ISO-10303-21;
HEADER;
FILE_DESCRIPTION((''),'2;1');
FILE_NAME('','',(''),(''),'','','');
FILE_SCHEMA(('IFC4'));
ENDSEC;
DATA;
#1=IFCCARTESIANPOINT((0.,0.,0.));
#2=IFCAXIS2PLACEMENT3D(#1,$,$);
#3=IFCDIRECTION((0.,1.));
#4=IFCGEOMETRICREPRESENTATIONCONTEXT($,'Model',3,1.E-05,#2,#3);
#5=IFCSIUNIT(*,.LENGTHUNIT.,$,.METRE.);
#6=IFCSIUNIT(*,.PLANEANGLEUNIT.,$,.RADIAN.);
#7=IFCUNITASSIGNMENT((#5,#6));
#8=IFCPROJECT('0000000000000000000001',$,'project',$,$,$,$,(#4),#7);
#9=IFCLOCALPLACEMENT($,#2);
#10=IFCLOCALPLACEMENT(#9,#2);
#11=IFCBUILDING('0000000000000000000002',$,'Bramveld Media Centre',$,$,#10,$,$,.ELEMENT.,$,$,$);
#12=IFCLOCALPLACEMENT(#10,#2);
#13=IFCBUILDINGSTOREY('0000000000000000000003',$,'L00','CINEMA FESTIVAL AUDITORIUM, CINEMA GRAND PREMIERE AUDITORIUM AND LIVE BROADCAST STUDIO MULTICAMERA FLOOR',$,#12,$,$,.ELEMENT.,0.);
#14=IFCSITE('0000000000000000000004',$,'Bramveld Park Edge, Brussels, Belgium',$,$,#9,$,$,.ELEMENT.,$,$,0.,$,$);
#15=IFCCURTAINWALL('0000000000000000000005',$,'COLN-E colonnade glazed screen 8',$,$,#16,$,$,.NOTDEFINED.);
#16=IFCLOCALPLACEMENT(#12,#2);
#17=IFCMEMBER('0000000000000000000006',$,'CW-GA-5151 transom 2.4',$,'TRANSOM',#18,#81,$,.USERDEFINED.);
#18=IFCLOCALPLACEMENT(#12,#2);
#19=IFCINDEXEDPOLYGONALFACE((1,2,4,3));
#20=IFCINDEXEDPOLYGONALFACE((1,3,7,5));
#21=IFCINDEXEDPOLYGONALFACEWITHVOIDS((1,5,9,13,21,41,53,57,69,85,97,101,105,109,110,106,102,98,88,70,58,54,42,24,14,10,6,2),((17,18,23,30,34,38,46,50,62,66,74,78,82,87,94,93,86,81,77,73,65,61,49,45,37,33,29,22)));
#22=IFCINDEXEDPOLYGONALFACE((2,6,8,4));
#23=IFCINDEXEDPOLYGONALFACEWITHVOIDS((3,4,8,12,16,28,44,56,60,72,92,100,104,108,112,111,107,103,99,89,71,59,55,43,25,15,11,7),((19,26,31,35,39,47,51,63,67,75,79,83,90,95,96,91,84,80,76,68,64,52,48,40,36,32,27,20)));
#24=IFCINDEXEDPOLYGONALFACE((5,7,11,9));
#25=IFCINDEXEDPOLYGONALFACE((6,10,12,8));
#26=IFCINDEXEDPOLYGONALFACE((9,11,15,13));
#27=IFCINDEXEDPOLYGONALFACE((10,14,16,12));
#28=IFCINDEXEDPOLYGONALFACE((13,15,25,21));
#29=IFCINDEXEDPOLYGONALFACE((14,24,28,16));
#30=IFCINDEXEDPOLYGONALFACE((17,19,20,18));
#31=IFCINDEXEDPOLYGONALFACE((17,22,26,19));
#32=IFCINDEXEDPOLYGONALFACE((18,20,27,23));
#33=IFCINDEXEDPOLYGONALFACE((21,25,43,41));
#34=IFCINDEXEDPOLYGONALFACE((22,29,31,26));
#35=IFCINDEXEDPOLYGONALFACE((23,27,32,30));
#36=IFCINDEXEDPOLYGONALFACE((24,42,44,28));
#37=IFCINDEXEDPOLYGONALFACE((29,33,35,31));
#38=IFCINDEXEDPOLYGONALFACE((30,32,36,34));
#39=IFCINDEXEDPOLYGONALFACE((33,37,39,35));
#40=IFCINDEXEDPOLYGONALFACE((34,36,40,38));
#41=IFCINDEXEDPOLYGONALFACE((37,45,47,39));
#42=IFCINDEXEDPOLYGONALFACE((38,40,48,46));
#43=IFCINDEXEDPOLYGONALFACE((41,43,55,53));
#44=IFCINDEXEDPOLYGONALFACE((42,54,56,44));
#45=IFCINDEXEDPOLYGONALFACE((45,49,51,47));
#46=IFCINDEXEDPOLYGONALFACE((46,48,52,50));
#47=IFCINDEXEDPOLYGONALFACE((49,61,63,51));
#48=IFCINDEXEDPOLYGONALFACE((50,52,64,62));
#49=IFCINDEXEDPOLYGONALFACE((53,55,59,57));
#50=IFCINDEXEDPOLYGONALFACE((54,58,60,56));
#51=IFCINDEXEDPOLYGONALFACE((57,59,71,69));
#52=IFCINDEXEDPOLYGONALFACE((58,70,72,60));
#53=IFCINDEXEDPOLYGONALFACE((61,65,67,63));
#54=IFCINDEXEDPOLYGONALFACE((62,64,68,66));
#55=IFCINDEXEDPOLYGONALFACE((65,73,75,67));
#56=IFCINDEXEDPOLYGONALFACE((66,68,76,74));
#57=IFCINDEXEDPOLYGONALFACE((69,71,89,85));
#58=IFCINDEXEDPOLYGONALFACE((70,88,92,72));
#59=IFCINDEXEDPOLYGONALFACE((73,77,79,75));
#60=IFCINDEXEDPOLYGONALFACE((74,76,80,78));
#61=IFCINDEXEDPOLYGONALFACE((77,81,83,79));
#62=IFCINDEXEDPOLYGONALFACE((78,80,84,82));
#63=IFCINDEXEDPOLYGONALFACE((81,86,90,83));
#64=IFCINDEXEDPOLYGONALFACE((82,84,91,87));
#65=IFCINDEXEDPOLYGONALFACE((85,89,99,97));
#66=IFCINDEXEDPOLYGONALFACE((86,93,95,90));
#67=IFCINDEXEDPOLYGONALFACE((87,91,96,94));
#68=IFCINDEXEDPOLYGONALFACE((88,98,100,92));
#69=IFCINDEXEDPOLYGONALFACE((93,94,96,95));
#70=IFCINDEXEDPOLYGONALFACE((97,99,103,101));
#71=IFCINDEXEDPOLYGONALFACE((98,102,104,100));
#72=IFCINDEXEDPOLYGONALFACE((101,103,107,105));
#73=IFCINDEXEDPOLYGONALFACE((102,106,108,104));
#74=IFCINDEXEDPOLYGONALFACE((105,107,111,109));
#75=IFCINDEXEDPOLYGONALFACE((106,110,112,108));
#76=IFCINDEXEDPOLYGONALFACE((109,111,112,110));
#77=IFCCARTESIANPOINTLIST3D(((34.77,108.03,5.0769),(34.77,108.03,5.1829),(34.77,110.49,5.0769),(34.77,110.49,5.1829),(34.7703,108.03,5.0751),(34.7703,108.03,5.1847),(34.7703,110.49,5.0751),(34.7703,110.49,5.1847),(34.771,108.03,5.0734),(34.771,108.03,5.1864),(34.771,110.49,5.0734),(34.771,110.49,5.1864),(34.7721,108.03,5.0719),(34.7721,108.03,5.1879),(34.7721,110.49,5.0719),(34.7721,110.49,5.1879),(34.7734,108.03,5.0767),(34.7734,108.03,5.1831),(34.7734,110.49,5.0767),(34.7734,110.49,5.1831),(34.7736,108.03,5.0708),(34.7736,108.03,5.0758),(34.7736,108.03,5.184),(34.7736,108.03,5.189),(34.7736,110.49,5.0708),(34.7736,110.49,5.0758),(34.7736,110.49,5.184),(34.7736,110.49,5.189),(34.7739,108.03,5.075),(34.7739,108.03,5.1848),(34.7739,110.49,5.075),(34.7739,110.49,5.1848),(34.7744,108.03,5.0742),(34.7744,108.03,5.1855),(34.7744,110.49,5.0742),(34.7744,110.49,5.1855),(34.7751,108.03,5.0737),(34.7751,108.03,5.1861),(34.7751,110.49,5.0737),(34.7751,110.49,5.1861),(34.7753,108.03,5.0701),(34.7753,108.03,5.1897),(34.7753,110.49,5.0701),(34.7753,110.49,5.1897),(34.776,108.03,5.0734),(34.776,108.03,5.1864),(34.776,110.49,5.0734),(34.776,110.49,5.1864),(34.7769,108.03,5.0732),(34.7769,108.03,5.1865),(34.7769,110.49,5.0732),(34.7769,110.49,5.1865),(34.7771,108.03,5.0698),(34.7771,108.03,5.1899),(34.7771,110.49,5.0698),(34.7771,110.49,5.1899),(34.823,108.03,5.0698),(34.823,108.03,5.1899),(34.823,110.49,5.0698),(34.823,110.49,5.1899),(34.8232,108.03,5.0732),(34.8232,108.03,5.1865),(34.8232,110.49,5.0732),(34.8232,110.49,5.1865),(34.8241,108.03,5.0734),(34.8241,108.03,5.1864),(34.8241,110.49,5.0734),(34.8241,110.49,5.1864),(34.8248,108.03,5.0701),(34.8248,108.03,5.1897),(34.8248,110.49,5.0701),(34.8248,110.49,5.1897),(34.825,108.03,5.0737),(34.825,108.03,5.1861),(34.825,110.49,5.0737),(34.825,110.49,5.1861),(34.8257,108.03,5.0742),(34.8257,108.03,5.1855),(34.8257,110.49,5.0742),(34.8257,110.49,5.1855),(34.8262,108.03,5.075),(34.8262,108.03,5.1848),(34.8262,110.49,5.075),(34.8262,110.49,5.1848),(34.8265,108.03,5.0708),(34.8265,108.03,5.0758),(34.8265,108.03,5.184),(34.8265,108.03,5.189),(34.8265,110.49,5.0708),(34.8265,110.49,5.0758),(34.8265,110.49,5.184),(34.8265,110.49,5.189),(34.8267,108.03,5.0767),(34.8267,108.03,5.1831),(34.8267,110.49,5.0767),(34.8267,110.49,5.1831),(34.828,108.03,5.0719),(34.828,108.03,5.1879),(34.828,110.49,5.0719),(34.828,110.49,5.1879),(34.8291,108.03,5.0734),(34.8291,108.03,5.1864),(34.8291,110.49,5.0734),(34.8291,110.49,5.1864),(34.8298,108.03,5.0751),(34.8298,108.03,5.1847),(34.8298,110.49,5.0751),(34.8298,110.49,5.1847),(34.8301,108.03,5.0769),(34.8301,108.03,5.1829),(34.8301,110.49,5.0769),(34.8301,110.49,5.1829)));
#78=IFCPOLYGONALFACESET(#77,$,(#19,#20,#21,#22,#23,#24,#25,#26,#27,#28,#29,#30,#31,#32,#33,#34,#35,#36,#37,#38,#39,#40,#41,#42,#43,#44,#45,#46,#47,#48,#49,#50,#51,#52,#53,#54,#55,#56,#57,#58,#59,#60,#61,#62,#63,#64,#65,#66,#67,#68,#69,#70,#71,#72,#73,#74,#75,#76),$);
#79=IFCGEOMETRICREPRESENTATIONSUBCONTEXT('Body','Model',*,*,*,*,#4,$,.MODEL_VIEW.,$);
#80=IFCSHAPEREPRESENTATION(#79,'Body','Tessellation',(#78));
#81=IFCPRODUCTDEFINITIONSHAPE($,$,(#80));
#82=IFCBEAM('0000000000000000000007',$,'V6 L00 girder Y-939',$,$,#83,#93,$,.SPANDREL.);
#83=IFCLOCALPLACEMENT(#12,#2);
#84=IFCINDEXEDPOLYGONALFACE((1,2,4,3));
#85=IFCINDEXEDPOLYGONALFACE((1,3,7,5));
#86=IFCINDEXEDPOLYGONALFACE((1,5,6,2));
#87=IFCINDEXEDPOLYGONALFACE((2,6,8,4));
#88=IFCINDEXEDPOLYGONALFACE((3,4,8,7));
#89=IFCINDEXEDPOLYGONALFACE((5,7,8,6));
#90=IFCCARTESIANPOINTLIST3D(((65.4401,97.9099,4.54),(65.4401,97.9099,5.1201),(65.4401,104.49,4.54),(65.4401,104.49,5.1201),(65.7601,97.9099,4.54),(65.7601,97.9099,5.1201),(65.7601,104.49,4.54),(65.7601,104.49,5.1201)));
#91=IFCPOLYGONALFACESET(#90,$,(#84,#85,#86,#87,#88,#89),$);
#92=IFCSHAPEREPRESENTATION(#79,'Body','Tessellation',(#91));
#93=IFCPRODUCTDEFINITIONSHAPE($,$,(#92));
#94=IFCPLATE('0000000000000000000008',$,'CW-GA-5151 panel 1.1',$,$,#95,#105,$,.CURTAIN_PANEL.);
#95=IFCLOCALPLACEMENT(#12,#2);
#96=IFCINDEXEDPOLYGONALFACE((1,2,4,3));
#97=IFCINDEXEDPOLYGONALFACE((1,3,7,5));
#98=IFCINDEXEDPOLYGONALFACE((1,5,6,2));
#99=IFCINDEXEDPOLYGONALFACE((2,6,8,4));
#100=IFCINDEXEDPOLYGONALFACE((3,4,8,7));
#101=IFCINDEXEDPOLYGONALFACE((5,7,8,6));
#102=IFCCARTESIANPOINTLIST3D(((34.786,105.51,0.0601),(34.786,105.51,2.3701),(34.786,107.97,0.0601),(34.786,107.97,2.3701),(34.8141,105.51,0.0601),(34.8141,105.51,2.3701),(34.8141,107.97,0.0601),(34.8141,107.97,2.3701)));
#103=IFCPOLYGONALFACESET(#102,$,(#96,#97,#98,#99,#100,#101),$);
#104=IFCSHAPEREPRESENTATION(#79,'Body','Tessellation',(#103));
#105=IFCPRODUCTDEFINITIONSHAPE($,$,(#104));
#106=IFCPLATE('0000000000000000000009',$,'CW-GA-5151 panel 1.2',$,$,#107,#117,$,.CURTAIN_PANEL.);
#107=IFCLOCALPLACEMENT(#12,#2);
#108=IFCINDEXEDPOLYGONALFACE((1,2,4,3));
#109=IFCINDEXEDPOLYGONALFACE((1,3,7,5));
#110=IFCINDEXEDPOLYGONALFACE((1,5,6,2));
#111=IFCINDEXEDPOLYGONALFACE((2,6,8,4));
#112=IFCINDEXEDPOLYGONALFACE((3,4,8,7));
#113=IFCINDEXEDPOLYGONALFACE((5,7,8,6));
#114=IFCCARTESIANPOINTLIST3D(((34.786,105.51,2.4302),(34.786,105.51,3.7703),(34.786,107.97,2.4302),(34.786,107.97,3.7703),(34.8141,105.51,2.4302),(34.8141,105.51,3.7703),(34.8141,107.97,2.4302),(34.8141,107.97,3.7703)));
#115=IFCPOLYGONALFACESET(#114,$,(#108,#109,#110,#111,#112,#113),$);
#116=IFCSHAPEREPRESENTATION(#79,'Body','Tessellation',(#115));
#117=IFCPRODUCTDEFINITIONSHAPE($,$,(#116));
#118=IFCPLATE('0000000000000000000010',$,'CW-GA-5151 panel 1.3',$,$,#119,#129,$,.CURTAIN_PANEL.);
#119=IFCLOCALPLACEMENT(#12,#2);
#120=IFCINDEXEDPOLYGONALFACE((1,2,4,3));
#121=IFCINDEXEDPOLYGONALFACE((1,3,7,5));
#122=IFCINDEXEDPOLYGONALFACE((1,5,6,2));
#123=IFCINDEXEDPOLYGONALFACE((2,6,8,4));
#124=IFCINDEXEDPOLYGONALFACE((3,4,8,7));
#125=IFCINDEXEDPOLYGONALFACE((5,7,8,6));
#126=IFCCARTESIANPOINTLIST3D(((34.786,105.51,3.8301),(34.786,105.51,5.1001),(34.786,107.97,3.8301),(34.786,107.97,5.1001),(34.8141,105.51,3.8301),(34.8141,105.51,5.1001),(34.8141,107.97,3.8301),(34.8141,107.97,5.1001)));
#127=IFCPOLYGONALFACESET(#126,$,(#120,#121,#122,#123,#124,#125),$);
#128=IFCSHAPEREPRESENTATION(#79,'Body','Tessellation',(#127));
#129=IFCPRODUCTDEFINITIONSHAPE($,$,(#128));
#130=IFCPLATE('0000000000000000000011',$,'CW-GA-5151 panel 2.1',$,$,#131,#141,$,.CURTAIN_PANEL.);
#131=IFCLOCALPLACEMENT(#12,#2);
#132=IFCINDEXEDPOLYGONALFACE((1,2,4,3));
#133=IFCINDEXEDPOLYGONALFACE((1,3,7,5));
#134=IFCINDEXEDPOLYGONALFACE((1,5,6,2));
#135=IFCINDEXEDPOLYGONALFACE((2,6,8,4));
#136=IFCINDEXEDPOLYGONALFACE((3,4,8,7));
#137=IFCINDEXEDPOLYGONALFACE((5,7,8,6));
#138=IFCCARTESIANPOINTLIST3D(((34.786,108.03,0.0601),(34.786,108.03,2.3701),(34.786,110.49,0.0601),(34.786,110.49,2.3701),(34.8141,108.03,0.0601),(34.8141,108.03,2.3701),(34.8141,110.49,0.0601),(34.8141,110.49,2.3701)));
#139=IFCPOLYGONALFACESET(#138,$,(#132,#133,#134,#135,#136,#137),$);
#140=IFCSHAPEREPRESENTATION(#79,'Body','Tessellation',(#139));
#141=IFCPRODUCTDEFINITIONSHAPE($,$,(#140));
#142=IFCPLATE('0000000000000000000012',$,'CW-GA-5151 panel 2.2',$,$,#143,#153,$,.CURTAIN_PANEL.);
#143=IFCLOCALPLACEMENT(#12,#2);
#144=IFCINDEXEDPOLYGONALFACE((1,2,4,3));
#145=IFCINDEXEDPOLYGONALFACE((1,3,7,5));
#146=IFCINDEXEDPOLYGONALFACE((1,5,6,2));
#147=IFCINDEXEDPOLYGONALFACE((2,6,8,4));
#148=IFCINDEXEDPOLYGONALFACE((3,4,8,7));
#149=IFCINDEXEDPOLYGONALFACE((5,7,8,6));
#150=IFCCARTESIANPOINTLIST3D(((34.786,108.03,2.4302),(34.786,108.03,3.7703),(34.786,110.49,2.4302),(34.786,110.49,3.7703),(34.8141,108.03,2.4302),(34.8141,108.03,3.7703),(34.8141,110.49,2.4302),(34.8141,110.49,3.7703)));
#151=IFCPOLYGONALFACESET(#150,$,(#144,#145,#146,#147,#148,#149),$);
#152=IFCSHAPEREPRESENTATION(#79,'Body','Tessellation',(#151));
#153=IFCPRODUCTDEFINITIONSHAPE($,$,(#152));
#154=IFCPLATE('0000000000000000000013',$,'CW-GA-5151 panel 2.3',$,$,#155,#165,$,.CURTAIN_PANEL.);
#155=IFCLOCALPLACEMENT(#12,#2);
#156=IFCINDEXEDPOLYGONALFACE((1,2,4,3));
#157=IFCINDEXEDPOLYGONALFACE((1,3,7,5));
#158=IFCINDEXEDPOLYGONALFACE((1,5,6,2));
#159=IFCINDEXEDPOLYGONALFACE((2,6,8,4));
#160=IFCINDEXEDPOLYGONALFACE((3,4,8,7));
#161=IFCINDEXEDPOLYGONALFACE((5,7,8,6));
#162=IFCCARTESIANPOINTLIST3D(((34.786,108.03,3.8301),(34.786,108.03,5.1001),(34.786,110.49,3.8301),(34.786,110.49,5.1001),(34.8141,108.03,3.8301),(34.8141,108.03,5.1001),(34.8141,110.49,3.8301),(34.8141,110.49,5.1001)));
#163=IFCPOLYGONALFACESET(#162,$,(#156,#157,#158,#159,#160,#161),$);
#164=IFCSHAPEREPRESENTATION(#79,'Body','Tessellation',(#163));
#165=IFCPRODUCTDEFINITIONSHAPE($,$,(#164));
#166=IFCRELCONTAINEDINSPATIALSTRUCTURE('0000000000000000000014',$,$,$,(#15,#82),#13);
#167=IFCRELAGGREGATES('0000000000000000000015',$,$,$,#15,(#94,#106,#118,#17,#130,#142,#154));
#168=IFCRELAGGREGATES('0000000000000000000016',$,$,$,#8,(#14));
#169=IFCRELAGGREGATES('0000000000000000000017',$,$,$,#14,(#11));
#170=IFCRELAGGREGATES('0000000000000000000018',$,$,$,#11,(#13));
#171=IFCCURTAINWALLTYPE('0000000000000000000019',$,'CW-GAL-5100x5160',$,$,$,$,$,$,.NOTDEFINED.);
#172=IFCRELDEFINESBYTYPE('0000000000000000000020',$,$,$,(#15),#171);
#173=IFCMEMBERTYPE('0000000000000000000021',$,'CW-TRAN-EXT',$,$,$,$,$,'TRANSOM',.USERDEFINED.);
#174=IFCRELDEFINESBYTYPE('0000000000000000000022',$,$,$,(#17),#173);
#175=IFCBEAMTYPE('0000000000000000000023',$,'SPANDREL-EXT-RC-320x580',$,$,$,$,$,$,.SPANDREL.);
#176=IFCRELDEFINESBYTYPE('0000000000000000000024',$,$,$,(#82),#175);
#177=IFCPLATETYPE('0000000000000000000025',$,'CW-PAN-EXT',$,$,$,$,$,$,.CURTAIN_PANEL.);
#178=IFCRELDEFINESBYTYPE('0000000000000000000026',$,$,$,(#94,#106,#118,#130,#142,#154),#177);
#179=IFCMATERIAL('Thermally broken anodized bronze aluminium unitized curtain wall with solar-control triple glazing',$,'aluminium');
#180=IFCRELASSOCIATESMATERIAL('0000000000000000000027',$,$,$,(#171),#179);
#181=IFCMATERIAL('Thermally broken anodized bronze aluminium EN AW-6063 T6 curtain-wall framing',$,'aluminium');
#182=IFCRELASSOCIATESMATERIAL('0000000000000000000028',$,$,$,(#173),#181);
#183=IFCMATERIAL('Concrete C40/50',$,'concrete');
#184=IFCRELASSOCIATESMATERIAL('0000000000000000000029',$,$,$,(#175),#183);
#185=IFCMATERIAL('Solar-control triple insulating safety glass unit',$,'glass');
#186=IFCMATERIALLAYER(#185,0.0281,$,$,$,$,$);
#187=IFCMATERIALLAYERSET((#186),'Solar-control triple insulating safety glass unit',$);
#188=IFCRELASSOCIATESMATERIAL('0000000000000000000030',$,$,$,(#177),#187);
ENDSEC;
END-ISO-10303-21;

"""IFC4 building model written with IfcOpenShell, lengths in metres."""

from ifc_helpers import new_model, si_unit, direction, frame, origin, origin_2d, place, context, subcontext, project, spatial, rectangle, hollow_rectangle, extrude, material, layer, layer_set, material_profile, profile_set, type_object, element, aggregate, save


model = new_model("IFC4")

# Units and contexts
model_context = context("Model", 3, precision=1e-05, world=origin(), true_north=direction((0.0, 1.0)))
body_context = subcontext(model_context, "Body", "Model", "MODEL_VIEW")
ifc_project = project(units=[si_unit("LENGTHUNIT", "METRE"), si_unit("PLANEANGLEUNIT", "RADIAN")], contexts=[model_context])

# Site, building, storey
site_placement = place(None, origin())
site = spatial("IfcSite", under=ifc_project, at=site_placement, Name="Bramveld Park Edge, Brussels, Belgium", CompositionType="ELEMENT", RefElevation=0.0)
building_placement = place(site_placement, origin())
building = spatial("IfcBuilding", under=site, at=building_placement, Name="Bramveld Media Centre", CompositionType="ELEMENT")
storey_placement = place(building_placement, origin())
storey = spatial("IfcBuildingStorey", under=building, at=storey_placement, Name="L00", Description="CINEMA FESTIVAL AUDITORIUM, CINEMA GRAND PREMIERE AUDITORIUM AND LIVE BROADCAST STUDIO MULTICAMERA FLOOR", CompositionType="ELEMENT", Elevation=0.0)

# Curtain wall, member
ifc_material_1 = material(Name="Thermally broken anodized bronze aluminium unitized curtain wall with solar-control triple glazing", Category="aluminium")
curtain_wall_type = type_object("IfcCurtainWallType", Name="CW-GAL-5100x5160", PredefinedType="NOTDEFINED", material=ifc_material_1)
curtain_wall_placement = place(storey_placement, origin())
curtain_wall = element("IfcCurtainWall", 1, at=curtain_wall_placement, inside=storey, type_object=curtain_wall_type, Name="COLN-E colonnade glazed screen 8", PredefinedType="NOTDEFINED")
ifc_material_2 = material(Name="Thermally broken anodized bronze aluminium EN AW-6063 T6 curtain-wall framing", Category="aluminium")
ifc_material_profile_1 = material_profile(ifc_material_2, hollow_rectangle(XDim=0.0601, YDim=0.1201, WallThickness=0.0034, InnerFilletRadius=0.0034, OuterFilletRadius=0.0071, at=origin_2d()), Name="AL-TRAN 60x120")
ifc_profile_set_1 = profile_set([ifc_material_profile_1], Name="Thermally broken anodized bronze aluminium EN AW-6063 T6 curtain-wall framing")
member_type_1 = type_object("IfcMemberType", Name="CW-TRAN-EXT", ElementType="TRANSOM", PredefinedType="USERDEFINED", material=ifc_profile_set_1)
member_1_placement = place(storey_placement, frame((34.8, 108.03, 5.1299), z_axis=(0.0, 1.0, 0.0), x_axis=(-1.0, 0.0, 0.0)))
member_1 = element("IfcMember", 2, at=member_1_placement, type_object=member_type_1, Name="CW-GA-5151 transom 2.4", ObjectType="TRANSOM", PredefinedType="USERDEFINED", context=body_context, shape_type="SweptSolid", body=[
    extrude(hollow_rectangle(XDim=0.0601, YDim=0.1201, WallThickness=0.0034, InnerFilletRadius=0.0034, OuterFilletRadius=0.0071, at=origin_2d()), origin(), (0.0, 0.0, 1.0), 2.46),
])

# Beam
ifc_material_3 = material(Name="Concrete C40/50", Category="concrete")
ifc_material_profile_2 = material_profile(ifc_material_3, rectangle(XDim=0.3201, YDim=0.5801, at=origin_2d()), Name="RC 320x580")
ifc_profile_set_2 = profile_set([ifc_material_profile_2], Name="Concrete C40/50")
beam_type = type_object("IfcBeamType", Name="SPANDREL-EXT-RC-320x580", PredefinedType="SPANDREL", material=ifc_profile_set_2)
beam_placement = place(storey_placement, frame((65.6001, 97.9099, 4.8301), z_axis=(0.0, 1.0, 0.0), x_axis=(-1.0, 0.0, 0.0)))
element("IfcBeam", 3, at=beam_placement, inside=storey, type_object=beam_type, Name="V6 L00 girder Y-939", PredefinedType="SPANDREL", context=body_context, shape_type="SweptSolid", body=[
    extrude(rectangle(XDim=0.3201, YDim=0.5801, at=origin_2d()), origin(), (0.0, 0.0, 1.0), 6.5801),
])

# Plates
ifc_material_4 = material(Name="Solar-control triple insulating safety glass unit", Category="glass")
ifc_layer = layer(ifc_material_4, 0.0281)
ifc_layer_set = layer_set([ifc_layer], Name="Solar-control triple insulating safety glass unit")
plate_type = type_object("IfcPlateType", Name="CW-PAN-EXT", PredefinedType="CURTAIN_PANEL", material=ifc_layer_set)
plate_1_placement = place(storey_placement, frame((34.8, 106.74, 0.0601), z_axis=(0.0, 0.0, 1.0), x_axis=(0.0, 1.0, 0.0)))
plate_1 = element("IfcPlate", 4, at=plate_1_placement, type_object=plate_type, Name="CW-GA-5151 panel 1.1", PredefinedType="CURTAIN_PANEL", context=body_context, shape_type="SweptSolid", body=[
    extrude(rectangle(XDim=2.46, YDim=0.0281, at=origin_2d()), origin(), (0.0, 0.0, 1.0), 2.3101),
])
plate_2_placement = place(storey_placement, frame((34.8, 106.74, 2.4302), z_axis=(0.0, 0.0, 1.0), x_axis=(0.0, 1.0, 0.0)))
plate_2 = element("IfcPlate", 5, at=plate_2_placement, type_object=plate_type, Name="CW-GA-5151 panel 1.2", PredefinedType="CURTAIN_PANEL", context=body_context, shape_type="SweptSolid", body=[
    extrude(rectangle(XDim=2.46, YDim=0.0281, at=origin_2d()), origin(), (0.0, 0.0, 1.0), 1.3401),
])
plate_3_placement = place(storey_placement, frame((34.8, 106.74, 3.8301), z_axis=(0.0, 0.0, 1.0), x_axis=(0.0, 1.0, 0.0)))
plate_3 = element("IfcPlate", 6, at=plate_3_placement, type_object=plate_type, Name="CW-GA-5151 panel 1.3", PredefinedType="CURTAIN_PANEL", context=body_context, shape_type="SweptSolid", body=[
    extrude(rectangle(XDim=2.46, YDim=0.0281, at=origin_2d()), origin(), (0.0, 0.0, 1.0), 1.27),
])
plate_4_placement = place(storey_placement, frame((34.8, 109.26, 0.0601), z_axis=(0.0, 0.0, 1.0), x_axis=(0.0, 1.0, 0.0)))
plate_4 = element("IfcPlate", 7, at=plate_4_placement, type_object=plate_type, Name="CW-GA-5151 panel 2.1", PredefinedType="CURTAIN_PANEL", context=body_context, shape_type="SweptSolid", body=[
    extrude(rectangle(XDim=2.46, YDim=0.0281, at=origin_2d()), origin(), (0.0, 0.0, 1.0), 2.3101),
])
plate_5_placement = place(storey_placement, frame((34.8, 109.26, 2.4302), z_axis=(0.0, 0.0, 1.0), x_axis=(0.0, 1.0, 0.0)))
plate_5 = element("IfcPlate", 8, at=plate_5_placement, type_object=plate_type, Name="CW-GA-5151 panel 2.2", PredefinedType="CURTAIN_PANEL", context=body_context, shape_type="SweptSolid", body=[
    extrude(rectangle(XDim=2.46, YDim=0.0281, at=origin_2d()), origin(), (0.0, 0.0, 1.0), 1.3401),
])
plate_6_placement = place(storey_placement, frame((34.8, 109.26, 3.8301), z_axis=(0.0, 0.0, 1.0), x_axis=(0.0, 1.0, 0.0)))
plate_6 = element("IfcPlate", 9, at=plate_6_placement, type_object=plate_type, Name="CW-GA-5151 panel 2.3", PredefinedType="CURTAIN_PANEL", context=body_context, shape_type="SweptSolid", body=[
    extrude(rectangle(XDim=2.46, YDim=0.0281, at=origin_2d()), origin(), (0.0, 0.0, 1.0), 1.27),
])
aggregate(curtain_wall, [plate_1, plate_2, plate_3, member_1, plate_4, plate_5, plate_6])

save(model, "model.ifc")
